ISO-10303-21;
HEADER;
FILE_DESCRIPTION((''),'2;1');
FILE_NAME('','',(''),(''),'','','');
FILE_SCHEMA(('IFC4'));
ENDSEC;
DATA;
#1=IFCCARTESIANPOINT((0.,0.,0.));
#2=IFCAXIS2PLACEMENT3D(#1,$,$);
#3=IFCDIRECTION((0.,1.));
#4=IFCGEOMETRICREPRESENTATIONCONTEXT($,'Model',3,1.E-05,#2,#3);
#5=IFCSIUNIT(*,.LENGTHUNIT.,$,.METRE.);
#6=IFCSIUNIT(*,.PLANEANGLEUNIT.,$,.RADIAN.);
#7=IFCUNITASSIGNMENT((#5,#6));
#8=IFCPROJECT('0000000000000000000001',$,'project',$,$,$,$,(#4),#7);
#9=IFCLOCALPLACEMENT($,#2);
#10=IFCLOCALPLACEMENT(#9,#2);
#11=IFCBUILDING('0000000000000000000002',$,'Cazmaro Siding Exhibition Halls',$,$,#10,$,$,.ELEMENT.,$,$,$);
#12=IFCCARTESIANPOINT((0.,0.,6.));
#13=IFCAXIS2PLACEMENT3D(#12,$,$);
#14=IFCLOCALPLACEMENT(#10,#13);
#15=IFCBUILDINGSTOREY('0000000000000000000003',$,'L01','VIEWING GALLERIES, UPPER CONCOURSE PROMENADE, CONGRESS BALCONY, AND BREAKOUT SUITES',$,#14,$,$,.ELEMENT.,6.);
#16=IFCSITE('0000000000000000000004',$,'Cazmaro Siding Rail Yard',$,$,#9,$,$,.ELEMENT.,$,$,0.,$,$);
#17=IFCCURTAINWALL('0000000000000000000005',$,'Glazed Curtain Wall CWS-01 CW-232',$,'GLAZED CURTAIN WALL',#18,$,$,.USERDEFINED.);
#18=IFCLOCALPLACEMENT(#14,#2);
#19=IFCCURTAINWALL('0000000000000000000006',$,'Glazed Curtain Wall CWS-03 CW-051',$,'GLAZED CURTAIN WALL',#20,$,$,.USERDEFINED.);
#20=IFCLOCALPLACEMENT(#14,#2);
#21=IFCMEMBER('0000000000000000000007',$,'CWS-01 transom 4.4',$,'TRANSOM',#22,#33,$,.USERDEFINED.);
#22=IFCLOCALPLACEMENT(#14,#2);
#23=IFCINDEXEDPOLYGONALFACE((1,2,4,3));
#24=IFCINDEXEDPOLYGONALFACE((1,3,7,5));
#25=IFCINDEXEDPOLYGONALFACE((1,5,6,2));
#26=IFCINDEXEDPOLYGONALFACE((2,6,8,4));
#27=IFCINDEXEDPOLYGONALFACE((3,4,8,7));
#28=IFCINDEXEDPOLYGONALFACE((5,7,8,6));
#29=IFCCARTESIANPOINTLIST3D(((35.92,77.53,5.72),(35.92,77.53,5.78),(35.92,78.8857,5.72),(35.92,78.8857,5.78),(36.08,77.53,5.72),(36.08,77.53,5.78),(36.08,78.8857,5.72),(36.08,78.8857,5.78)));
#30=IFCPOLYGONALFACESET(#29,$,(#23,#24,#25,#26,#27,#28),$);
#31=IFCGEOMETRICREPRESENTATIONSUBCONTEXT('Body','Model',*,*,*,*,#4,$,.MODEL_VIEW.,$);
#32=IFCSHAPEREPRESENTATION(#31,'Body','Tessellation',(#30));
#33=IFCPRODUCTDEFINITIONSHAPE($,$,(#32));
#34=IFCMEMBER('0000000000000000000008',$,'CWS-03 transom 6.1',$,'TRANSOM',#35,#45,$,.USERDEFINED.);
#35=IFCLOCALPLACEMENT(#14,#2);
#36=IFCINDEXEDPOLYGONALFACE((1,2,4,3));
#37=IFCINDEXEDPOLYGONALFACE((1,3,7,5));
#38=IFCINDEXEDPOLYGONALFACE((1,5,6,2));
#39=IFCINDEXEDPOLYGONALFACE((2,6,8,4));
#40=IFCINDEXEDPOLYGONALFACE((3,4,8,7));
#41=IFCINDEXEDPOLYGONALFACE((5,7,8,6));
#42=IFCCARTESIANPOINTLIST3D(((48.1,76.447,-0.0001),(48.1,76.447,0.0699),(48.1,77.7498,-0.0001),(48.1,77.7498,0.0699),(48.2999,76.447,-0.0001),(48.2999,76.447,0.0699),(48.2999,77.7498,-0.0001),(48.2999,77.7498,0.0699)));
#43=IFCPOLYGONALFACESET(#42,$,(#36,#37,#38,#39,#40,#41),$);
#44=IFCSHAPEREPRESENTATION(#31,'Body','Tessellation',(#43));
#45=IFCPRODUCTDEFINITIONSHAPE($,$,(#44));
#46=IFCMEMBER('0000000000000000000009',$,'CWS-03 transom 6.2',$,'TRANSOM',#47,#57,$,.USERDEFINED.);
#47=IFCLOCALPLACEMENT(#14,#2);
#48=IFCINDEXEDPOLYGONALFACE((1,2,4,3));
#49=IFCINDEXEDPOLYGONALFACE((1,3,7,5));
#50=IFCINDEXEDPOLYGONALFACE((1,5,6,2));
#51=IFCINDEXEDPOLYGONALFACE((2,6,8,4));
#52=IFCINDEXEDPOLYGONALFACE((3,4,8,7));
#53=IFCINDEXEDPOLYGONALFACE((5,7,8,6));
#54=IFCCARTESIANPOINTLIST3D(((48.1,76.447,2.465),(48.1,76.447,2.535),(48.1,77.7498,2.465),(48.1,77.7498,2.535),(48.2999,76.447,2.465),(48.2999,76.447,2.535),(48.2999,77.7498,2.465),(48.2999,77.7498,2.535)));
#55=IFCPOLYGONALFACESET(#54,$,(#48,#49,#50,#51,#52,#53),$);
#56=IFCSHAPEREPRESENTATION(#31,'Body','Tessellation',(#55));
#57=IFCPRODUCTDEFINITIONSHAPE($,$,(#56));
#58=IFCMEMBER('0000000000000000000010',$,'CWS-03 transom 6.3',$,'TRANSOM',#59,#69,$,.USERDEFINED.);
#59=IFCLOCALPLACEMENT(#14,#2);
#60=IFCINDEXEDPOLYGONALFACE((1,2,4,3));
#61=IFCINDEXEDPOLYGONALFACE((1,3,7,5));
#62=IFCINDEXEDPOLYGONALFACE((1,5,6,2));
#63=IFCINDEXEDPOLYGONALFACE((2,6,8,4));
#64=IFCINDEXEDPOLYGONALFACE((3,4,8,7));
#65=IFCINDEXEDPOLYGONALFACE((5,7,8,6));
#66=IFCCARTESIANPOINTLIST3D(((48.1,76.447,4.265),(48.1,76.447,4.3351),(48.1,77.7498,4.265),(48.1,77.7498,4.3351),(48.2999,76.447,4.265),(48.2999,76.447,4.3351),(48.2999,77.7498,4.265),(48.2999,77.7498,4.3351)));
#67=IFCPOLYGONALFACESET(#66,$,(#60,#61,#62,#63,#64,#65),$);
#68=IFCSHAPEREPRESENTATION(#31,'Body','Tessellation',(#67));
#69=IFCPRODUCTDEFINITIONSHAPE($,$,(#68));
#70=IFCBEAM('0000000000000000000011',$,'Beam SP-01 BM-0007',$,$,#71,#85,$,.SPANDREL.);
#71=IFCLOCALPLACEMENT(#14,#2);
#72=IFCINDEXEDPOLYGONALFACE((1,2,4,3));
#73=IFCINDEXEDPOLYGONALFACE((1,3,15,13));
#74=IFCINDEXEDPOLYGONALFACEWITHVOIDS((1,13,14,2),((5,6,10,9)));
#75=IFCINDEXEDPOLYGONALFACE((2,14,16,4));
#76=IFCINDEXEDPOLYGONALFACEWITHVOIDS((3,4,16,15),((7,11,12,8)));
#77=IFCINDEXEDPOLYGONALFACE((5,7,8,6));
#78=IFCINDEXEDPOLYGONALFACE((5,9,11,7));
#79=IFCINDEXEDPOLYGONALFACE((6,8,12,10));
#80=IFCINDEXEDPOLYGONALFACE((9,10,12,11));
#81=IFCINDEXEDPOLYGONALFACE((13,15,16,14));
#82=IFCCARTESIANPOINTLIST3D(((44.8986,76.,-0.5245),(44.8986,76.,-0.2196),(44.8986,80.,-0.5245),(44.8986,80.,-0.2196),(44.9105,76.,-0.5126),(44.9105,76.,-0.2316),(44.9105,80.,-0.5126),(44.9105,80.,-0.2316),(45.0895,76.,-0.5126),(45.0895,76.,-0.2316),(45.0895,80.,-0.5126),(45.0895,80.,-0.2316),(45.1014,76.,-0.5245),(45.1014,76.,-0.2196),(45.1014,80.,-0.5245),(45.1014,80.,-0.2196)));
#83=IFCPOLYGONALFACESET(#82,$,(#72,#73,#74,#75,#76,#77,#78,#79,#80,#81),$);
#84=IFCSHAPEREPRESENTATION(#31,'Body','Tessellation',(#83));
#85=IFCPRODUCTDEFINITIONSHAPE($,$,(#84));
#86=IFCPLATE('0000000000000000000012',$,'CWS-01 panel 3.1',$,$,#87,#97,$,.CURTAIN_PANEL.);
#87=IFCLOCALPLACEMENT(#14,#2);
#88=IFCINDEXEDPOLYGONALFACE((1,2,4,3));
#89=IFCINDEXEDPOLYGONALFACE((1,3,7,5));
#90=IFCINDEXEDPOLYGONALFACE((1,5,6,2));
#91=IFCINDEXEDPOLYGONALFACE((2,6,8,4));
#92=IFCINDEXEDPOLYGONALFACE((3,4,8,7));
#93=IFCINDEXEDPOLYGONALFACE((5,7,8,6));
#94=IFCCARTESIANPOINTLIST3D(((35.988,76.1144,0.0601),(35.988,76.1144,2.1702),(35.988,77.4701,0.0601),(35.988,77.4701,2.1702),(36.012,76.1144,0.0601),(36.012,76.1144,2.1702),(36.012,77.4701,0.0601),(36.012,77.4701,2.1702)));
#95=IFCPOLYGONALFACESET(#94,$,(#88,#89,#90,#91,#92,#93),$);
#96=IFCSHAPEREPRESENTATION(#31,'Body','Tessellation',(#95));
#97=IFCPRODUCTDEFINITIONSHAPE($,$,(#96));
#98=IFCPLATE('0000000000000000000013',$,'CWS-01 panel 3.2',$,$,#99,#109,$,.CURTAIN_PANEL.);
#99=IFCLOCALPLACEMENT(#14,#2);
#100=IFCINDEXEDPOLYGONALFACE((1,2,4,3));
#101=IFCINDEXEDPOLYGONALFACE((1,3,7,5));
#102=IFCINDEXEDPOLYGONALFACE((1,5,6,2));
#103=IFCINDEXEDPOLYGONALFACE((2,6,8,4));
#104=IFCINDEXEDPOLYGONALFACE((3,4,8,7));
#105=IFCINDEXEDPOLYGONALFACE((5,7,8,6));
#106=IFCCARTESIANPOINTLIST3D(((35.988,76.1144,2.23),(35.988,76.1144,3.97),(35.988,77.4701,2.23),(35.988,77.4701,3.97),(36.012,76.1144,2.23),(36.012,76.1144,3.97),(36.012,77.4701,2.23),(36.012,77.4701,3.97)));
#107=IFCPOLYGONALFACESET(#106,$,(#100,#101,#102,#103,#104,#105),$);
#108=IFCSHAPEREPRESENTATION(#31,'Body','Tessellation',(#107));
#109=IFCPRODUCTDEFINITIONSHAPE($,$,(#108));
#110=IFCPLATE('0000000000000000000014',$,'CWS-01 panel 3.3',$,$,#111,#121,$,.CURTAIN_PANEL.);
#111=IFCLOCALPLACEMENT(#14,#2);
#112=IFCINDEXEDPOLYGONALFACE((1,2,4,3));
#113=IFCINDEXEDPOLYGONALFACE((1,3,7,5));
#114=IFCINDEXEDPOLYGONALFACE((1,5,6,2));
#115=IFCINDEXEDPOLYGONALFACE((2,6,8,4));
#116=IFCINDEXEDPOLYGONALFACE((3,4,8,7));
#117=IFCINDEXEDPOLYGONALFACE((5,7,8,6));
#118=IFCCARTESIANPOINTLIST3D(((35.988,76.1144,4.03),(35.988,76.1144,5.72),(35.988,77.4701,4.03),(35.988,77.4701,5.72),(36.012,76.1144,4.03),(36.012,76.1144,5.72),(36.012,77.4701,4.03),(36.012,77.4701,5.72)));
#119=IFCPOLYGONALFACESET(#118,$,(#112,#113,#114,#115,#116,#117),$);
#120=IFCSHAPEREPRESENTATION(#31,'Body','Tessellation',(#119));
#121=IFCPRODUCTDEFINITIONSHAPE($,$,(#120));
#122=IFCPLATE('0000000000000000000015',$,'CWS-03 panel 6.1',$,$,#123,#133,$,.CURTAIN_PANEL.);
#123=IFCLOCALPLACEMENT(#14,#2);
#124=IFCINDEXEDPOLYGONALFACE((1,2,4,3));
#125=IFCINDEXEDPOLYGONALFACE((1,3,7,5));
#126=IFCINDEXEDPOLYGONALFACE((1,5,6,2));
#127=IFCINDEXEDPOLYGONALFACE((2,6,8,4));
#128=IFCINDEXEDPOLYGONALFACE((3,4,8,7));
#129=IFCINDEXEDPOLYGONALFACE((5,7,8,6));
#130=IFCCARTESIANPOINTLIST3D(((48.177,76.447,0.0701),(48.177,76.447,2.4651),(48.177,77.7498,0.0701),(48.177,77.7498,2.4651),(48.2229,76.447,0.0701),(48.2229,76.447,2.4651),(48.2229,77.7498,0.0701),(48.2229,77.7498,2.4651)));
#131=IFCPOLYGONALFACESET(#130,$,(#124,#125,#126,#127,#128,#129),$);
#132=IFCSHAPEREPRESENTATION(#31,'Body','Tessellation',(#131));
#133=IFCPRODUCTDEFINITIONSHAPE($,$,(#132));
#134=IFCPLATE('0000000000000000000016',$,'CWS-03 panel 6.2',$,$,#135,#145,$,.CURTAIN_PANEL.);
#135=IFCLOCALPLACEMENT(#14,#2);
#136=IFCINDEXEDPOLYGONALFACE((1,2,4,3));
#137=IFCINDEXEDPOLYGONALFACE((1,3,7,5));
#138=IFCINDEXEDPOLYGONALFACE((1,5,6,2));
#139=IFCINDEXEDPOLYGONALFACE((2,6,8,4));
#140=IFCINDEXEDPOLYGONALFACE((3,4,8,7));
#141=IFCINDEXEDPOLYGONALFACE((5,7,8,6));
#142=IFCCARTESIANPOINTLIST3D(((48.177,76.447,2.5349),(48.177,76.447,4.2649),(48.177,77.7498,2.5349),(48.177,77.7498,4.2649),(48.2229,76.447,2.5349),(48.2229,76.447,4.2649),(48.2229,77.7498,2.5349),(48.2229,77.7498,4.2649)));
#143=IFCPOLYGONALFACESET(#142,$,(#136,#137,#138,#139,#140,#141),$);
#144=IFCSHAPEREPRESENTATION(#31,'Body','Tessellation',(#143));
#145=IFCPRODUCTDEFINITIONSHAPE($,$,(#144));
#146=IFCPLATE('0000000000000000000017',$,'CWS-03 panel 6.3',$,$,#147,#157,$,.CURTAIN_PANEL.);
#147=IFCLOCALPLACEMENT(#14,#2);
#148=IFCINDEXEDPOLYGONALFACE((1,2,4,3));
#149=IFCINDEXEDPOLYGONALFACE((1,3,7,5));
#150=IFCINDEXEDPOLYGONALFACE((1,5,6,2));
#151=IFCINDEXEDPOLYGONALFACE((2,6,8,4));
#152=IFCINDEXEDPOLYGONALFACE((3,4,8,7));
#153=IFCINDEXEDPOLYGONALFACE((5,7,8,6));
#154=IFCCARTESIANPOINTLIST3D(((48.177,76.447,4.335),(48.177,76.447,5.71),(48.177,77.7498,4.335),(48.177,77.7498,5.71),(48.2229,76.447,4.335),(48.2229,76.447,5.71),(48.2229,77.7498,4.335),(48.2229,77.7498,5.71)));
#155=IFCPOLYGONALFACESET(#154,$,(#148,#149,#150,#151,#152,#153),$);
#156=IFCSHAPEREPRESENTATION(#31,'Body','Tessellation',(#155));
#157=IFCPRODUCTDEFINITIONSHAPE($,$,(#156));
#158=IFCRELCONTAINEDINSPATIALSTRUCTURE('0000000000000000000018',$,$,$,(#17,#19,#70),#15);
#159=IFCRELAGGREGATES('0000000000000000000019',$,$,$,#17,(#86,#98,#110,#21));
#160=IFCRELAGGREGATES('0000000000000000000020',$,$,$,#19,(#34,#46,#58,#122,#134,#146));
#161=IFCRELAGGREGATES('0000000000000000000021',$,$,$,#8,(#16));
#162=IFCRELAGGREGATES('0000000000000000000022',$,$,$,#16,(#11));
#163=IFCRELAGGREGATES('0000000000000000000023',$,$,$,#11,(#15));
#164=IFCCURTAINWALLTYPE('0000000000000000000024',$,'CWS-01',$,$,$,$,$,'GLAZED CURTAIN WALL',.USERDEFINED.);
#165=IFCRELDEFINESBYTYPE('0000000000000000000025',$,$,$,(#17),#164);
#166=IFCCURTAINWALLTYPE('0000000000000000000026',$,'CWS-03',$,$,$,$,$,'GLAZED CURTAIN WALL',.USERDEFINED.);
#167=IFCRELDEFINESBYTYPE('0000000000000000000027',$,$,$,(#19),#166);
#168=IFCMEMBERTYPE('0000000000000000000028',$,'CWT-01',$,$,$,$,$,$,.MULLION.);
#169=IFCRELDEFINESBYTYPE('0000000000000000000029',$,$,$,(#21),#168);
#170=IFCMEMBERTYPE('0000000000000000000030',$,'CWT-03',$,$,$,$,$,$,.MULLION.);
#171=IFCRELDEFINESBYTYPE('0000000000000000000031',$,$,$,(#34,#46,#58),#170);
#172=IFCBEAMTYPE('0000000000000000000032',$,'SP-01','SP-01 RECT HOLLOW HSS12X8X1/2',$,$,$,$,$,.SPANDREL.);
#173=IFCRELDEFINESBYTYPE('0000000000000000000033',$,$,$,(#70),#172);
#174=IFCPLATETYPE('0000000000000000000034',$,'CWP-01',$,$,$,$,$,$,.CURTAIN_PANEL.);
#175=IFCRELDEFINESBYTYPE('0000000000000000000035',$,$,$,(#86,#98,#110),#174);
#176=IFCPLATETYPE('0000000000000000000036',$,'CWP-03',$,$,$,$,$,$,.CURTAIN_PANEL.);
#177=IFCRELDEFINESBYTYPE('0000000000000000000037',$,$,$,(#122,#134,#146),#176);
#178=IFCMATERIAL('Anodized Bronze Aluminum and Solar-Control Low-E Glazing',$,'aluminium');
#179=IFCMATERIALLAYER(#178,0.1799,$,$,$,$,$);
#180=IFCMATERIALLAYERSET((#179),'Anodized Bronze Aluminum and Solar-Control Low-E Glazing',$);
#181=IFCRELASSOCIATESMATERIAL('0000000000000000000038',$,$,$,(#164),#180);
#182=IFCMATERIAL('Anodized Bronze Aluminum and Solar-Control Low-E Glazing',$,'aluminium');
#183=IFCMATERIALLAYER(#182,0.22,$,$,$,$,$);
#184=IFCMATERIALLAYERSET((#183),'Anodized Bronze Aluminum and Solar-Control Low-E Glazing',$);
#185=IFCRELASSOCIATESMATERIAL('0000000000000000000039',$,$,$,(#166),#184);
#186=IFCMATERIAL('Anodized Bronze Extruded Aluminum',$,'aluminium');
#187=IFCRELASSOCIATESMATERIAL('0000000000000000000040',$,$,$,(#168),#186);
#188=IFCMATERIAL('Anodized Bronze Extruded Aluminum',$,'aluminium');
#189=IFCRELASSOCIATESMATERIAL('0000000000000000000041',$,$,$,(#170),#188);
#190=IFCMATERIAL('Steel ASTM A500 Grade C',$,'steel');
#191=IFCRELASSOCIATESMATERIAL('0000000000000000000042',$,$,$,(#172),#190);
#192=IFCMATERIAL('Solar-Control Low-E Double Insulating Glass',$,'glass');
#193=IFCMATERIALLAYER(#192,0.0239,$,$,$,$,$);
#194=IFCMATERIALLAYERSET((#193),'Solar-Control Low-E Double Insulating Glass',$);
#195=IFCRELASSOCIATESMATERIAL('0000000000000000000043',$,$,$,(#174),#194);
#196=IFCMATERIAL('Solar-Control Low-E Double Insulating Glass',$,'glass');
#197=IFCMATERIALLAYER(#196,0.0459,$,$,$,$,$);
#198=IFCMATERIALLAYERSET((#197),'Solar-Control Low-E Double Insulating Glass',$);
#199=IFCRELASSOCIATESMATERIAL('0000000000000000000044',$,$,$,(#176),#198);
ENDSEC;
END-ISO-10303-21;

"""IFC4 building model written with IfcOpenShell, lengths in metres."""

from ifc_helpers import new_model, si_unit, direction, frame, origin, origin_2d, place, context, subcontext, project, spatial, rectangle, hollow_rectangle, extrude, material, layer, layer_set, material_profile, profile_set, type_object, element, aggregate, save


model = new_model("IFC4")

# Units and contexts
model_context = context("Model", 3, precision=1e-05, world=origin(), true_north=direction((0.0, 1.0)))
body_context = subcontext(model_context, "Body", "Model", "MODEL_VIEW")
ifc_project = project(units=[si_unit("LENGTHUNIT", "METRE"), si_unit("PLANEANGLEUNIT", "RADIAN")], contexts=[model_context])

# Site, building, storey
site_placement = place(None, origin())
site = spatial("IfcSite", under=ifc_project, at=site_placement, Name="Cazmaro Siding Rail Yard", CompositionType="ELEMENT", RefElevation=0.0)
building_placement = place(site_placement, origin())
building = spatial("IfcBuilding", under=site, at=building_placement, Name="Cazmaro Siding Exhibition Halls", CompositionType="ELEMENT")
storey_placement = place(building_placement, frame((0.0, 0.0, 6.0)))
storey = spatial("IfcBuildingStorey", under=building, at=storey_placement, Name="L01", Description="VIEWING GALLERIES, UPPER CONCOURSE PROMENADE, CONGRESS BALCONY, AND BREAKOUT SUITES", CompositionType="ELEMENT", Elevation=6.0)

# Curtain walls
ifc_material_1 = material(Name="Anodized Bronze Aluminum and Solar-Control Low-E Glazing", Category="aluminium")
ifc_layer_1 = layer(ifc_material_1, 0.1799)
ifc_layer_set_1 = layer_set([ifc_layer_1], Name="Anodized Bronze Aluminum and Solar-Control Low-E Glazing")
curtain_wall_type_1 = type_object("IfcCurtainWallType", Name="CWS-01", ElementType="GLAZED CURTAIN WALL", PredefinedType="USERDEFINED", material=ifc_layer_set_1)
curtain_wall_1_placement = place(storey_placement, origin())
curtain_wall_1 = element("IfcCurtainWall", 1, at=curtain_wall_1_placement, inside=storey, type_object=curtain_wall_type_1, Name="Glazed Curtain Wall CWS-01 CW-232", ObjectType="GLAZED CURTAIN WALL", PredefinedType="USERDEFINED")
ifc_material_2 = material(Name="Anodized Bronze Aluminum and Solar-Control Low-E Glazing", Category="aluminium")
ifc_layer_2 = layer(ifc_material_2, 0.22)
ifc_layer_set_2 = layer_set([ifc_layer_2], Name="Anodized Bronze Aluminum and Solar-Control Low-E Glazing")
curtain_wall_type_2 = type_object("IfcCurtainWallType", Name="CWS-03", ElementType="GLAZED CURTAIN WALL", PredefinedType="USERDEFINED", material=ifc_layer_set_2)
curtain_wall_2_placement = place(storey_placement, origin())
curtain_wall_2 = element("IfcCurtainWall", 2, at=curtain_wall_2_placement, inside=storey, type_object=curtain_wall_type_2, Name="Glazed Curtain Wall CWS-03 CW-051", ObjectType="GLAZED CURTAIN WALL", PredefinedType="USERDEFINED")

# Members
ifc_material_3 = material(Name="Anodized Bronze Extruded Aluminum", Category="aluminium")
ifc_material_profile_1 = material_profile(ifc_material_3, rectangle(XDim=0.1599, YDim=0.0601, at=origin_2d()), Name="CWT-01")
ifc_profile_set_1 = profile_set([ifc_material_profile_1], Name="Anodized Bronze Extruded Aluminum")
member_type_1 = type_object("IfcMemberType", Name="CWT-01", PredefinedType="MULLION", material=ifc_profile_set_1)
member_1_placement = place(storey_placement, frame((36.0, 77.53, 5.75), z_axis=(0.0, 1.0, 0.0), x_axis=(-1.0, 0.0, 0.0)))
member_1 = element("IfcMember", 3, at=member_1_placement, type_object=member_type_1, Name="CWS-01 transom 4.4", ObjectType="TRANSOM", PredefinedType="USERDEFINED", context=body_context, shape_type="SweptSolid", body=[
    extrude(rectangle(XDim=0.1599, YDim=0.0601, at=origin_2d()), origin(), (0.0, 0.0, 1.0), 1.3557),
])
ifc_material_4 = material(Name="Anodized Bronze Extruded Aluminum", Category="aluminium")
ifc_material_profile_2 = material_profile(ifc_material_4, rectangle(XDim=0.2, YDim=0.0701, at=origin_2d()), Name="CWT-03")
ifc_profile_set_2 = profile_set([ifc_material_profile_2], Name="Anodized Bronze Extruded Aluminum")
member_type_2 = type_object("IfcMemberType", Name="CWT-03", PredefinedType="MULLION", material=ifc_profile_set_2)
member_2_placement = place(storey_placement, frame((48.2, 77.7498, 0.0349), z_axis=(0.0, -1.0, 0.0), x_axis=(1.0, 0.0, 0.0)))
member_2 = element("IfcMember", 4, at=member_2_placement, type_object=member_type_2, Name="CWS-03 transom 6.1", ObjectType="TRANSOM", PredefinedType="USERDEFINED", context=body_context, shape_type="SweptSolid", body=[
    extrude(rectangle(XDim=0.2, YDim=0.0701, at=origin_2d()), origin(), (0.0, 0.0, 1.0), 1.3027),
])
member_3_placement = place(storey_placement, frame((48.2, 77.7498, 2.5), z_axis=(0.0, -1.0, 0.0), x_axis=(1.0, 0.0, 0.0)))
member_3 = element("IfcMember", 5, at=member_3_placement, type_object=member_type_2, Name="CWS-03 transom 6.2", ObjectType="TRANSOM", PredefinedType="USERDEFINED", context=body_context, shape_type="SweptSolid", body=[
    extrude(rectangle(XDim=0.2, YDim=0.0701, at=origin_2d()), origin(), (0.0, 0.0, 1.0), 1.3027),
])
member_4_placement = place(storey_placement, frame((48.2, 77.7498, 4.3), z_axis=(0.0, -1.0, 0.0), x_axis=(1.0, 0.0, 0.0)))
member_4 = element("IfcMember", 6, at=member_4_placement, type_object=member_type_2, Name="CWS-03 transom 6.3", ObjectType="TRANSOM", PredefinedType="USERDEFINED", context=body_context, shape_type="SweptSolid", body=[
    extrude(rectangle(XDim=0.2, YDim=0.0701, at=origin_2d()), origin(), (0.0, 0.0, 1.0), 1.3027),
])

# Beam
ifc_material_5 = material(Name="Steel ASTM A500 Grade C", Category="steel")
ifc_material_profile_3 = material_profile(ifc_material_5, hollow_rectangle(XDim=0.2029, YDim=0.3049, WallThickness=0.012, at=origin_2d()), Name="HSS12X8X1/2")
ifc_profile_set_3 = profile_set([ifc_material_profile_3], Name="Steel ASTM A500 Grade C")
beam_type_1 = type_object("IfcBeamType", Name="SP-01", Description="SP-01 RECT HOLLOW HSS12X8X1/2", PredefinedType="SPANDREL", material=ifc_profile_set_3)
beam_1_placement = place(storey_placement, frame((45.0, 76.0, -0.3721), z_axis=(0.0, 1.0, 0.0), x_axis=(-1.0, 0.0, 0.0)))
element("IfcBeam", 7, at=beam_1_placement, inside=storey, type_object=beam_type_1, Name="Beam SP-01 BM-0007", PredefinedType="SPANDREL", context=body_context, shape_type="SweptSolid", body=[
    extrude(hollow_rectangle(XDim=0.2029, YDim=0.3049, WallThickness=0.012, at=origin_2d()), origin(), (0.0, 0.0, 1.0), 4.0),
])

# Plates
ifc_material_6 = material(Name="Solar-Control Low-E Double Insulating Glass", Category="glass")
ifc_layer_3 = layer(ifc_material_6, 0.0239)
ifc_layer_set_3 = layer_set([ifc_layer_3], Name="Solar-Control Low-E Double Insulating Glass")
plate_type_1 = type_object("IfcPlateType", Name="CWP-01", PredefinedType="CURTAIN_PANEL", material=ifc_layer_set_3)
plate_1_placement = place(storey_placement, frame((36.0, 76.7922, 0.0601), z_axis=(0.0, 0.0, 1.0), x_axis=(0.0, 1.0, 0.0)))
plate_1 = element("IfcPlate", 8, at=plate_1_placement, type_object=plate_type_1, Name="CWS-01 panel 3.1", PredefinedType="CURTAIN_PANEL", context=body_context, shape_type="SweptSolid", body=[
    extrude(rectangle(XDim=1.3557, YDim=0.0239, at=origin_2d()), origin(), (0.0, 0.0, 1.0), 2.1101),
])
plate_2_placement = place(storey_placement, frame((36.0, 76.7922, 2.23), z_axis=(0.0, 0.0, 1.0), x_axis=(0.0, 1.0, 0.0)))
plate_2 = element("IfcPlate", 9, at=plate_2_placement, type_object=plate_type_1, Name="CWS-01 panel 3.2", PredefinedType="CURTAIN_PANEL", context=body_context, shape_type="SweptSolid", body=[
    extrude(rectangle(XDim=1.3557, YDim=0.0239, at=origin_2d()), origin(), (0.0, 0.0, 1.0), 1.74),
])
plate_3_placement = place(storey_placement, frame((36.0, 76.7922, 4.03), z_axis=(0.0, 0.0, 1.0), x_axis=(0.0, 1.0, 0.0)))
plate_3 = element("IfcPlate", 10, at=plate_3_placement, type_object=plate_type_1, Name="CWS-01 panel 3.3", PredefinedType="CURTAIN_PANEL", context=body_context, shape_type="SweptSolid", body=[
    extrude(rectangle(XDim=1.3557, YDim=0.0239, at=origin_2d()), origin(), (0.0, 0.0, 1.0), 1.6899),
])
aggregate(curtain_wall_1, [plate_1, plate_2, plate_3, member_1])
ifc_material_7 = material(Name="Solar-Control Low-E Double Insulating Glass", Category="glass")
ifc_layer_4 = layer(ifc_material_7, 0.0459)
ifc_layer_set_4 = layer_set([ifc_layer_4], Name="Solar-Control Low-E Double Insulating Glass")
plate_type_2 = type_object("IfcPlateType", Name="CWP-03", PredefinedType="CURTAIN_PANEL", material=ifc_layer_set_4)
plate_4_placement = place(storey_placement, frame((48.2, 77.0984, 0.0701), z_axis=(0.0, 0.0, 1.0), x_axis=(0.0, -1.0, 0.0)))
plate_4 = element("IfcPlate", 11, at=plate_4_placement, type_object=plate_type_2, Name="CWS-03 panel 6.1", PredefinedType="CURTAIN_PANEL", context=body_context, shape_type="SweptSolid", body=[
    extrude(rectangle(XDim=1.3027, YDim=0.0459, at=origin_2d()), origin(), (0.0, 0.0, 1.0), 2.395),
])
plate_5_placement = place(storey_placement, frame((48.2, 77.0984, 2.5349), z_axis=(0.0, 0.0, 1.0), x_axis=(0.0, -1.0, 0.0)))
plate_5 = element("IfcPlate", 12, at=plate_5_placement, type_object=plate_type_2, Name="CWS-03 panel 6.2", PredefinedType="CURTAIN_PANEL", context=body_context, shape_type="SweptSolid", body=[
    extrude(rectangle(XDim=1.3027, YDim=0.0459, at=origin_2d()), origin(), (0.0, 0.0, 1.0), 1.73),
])
plate_6_placement = place(storey_placement, frame((48.2, 77.0984, 4.335), z_axis=(0.0, 0.0, 1.0), x_axis=(0.0, -1.0, 0.0)))
plate_6 = element("IfcPlate", 13, at=plate_6_placement, type_object=plate_type_2, Name="CWS-03 panel 6.3", PredefinedType="CURTAIN_PANEL", context=body_context, shape_type="SweptSolid", body=[
    extrude(rectangle(XDim=1.3027, YDim=0.0459, at=origin_2d()), origin(), (0.0, 0.0, 1.0), 1.375),
])
aggregate(curtain_wall_2, [member_2, member_3, member_4, plate_4, plate_5, plate_6])

save(model, "model.ifc")
